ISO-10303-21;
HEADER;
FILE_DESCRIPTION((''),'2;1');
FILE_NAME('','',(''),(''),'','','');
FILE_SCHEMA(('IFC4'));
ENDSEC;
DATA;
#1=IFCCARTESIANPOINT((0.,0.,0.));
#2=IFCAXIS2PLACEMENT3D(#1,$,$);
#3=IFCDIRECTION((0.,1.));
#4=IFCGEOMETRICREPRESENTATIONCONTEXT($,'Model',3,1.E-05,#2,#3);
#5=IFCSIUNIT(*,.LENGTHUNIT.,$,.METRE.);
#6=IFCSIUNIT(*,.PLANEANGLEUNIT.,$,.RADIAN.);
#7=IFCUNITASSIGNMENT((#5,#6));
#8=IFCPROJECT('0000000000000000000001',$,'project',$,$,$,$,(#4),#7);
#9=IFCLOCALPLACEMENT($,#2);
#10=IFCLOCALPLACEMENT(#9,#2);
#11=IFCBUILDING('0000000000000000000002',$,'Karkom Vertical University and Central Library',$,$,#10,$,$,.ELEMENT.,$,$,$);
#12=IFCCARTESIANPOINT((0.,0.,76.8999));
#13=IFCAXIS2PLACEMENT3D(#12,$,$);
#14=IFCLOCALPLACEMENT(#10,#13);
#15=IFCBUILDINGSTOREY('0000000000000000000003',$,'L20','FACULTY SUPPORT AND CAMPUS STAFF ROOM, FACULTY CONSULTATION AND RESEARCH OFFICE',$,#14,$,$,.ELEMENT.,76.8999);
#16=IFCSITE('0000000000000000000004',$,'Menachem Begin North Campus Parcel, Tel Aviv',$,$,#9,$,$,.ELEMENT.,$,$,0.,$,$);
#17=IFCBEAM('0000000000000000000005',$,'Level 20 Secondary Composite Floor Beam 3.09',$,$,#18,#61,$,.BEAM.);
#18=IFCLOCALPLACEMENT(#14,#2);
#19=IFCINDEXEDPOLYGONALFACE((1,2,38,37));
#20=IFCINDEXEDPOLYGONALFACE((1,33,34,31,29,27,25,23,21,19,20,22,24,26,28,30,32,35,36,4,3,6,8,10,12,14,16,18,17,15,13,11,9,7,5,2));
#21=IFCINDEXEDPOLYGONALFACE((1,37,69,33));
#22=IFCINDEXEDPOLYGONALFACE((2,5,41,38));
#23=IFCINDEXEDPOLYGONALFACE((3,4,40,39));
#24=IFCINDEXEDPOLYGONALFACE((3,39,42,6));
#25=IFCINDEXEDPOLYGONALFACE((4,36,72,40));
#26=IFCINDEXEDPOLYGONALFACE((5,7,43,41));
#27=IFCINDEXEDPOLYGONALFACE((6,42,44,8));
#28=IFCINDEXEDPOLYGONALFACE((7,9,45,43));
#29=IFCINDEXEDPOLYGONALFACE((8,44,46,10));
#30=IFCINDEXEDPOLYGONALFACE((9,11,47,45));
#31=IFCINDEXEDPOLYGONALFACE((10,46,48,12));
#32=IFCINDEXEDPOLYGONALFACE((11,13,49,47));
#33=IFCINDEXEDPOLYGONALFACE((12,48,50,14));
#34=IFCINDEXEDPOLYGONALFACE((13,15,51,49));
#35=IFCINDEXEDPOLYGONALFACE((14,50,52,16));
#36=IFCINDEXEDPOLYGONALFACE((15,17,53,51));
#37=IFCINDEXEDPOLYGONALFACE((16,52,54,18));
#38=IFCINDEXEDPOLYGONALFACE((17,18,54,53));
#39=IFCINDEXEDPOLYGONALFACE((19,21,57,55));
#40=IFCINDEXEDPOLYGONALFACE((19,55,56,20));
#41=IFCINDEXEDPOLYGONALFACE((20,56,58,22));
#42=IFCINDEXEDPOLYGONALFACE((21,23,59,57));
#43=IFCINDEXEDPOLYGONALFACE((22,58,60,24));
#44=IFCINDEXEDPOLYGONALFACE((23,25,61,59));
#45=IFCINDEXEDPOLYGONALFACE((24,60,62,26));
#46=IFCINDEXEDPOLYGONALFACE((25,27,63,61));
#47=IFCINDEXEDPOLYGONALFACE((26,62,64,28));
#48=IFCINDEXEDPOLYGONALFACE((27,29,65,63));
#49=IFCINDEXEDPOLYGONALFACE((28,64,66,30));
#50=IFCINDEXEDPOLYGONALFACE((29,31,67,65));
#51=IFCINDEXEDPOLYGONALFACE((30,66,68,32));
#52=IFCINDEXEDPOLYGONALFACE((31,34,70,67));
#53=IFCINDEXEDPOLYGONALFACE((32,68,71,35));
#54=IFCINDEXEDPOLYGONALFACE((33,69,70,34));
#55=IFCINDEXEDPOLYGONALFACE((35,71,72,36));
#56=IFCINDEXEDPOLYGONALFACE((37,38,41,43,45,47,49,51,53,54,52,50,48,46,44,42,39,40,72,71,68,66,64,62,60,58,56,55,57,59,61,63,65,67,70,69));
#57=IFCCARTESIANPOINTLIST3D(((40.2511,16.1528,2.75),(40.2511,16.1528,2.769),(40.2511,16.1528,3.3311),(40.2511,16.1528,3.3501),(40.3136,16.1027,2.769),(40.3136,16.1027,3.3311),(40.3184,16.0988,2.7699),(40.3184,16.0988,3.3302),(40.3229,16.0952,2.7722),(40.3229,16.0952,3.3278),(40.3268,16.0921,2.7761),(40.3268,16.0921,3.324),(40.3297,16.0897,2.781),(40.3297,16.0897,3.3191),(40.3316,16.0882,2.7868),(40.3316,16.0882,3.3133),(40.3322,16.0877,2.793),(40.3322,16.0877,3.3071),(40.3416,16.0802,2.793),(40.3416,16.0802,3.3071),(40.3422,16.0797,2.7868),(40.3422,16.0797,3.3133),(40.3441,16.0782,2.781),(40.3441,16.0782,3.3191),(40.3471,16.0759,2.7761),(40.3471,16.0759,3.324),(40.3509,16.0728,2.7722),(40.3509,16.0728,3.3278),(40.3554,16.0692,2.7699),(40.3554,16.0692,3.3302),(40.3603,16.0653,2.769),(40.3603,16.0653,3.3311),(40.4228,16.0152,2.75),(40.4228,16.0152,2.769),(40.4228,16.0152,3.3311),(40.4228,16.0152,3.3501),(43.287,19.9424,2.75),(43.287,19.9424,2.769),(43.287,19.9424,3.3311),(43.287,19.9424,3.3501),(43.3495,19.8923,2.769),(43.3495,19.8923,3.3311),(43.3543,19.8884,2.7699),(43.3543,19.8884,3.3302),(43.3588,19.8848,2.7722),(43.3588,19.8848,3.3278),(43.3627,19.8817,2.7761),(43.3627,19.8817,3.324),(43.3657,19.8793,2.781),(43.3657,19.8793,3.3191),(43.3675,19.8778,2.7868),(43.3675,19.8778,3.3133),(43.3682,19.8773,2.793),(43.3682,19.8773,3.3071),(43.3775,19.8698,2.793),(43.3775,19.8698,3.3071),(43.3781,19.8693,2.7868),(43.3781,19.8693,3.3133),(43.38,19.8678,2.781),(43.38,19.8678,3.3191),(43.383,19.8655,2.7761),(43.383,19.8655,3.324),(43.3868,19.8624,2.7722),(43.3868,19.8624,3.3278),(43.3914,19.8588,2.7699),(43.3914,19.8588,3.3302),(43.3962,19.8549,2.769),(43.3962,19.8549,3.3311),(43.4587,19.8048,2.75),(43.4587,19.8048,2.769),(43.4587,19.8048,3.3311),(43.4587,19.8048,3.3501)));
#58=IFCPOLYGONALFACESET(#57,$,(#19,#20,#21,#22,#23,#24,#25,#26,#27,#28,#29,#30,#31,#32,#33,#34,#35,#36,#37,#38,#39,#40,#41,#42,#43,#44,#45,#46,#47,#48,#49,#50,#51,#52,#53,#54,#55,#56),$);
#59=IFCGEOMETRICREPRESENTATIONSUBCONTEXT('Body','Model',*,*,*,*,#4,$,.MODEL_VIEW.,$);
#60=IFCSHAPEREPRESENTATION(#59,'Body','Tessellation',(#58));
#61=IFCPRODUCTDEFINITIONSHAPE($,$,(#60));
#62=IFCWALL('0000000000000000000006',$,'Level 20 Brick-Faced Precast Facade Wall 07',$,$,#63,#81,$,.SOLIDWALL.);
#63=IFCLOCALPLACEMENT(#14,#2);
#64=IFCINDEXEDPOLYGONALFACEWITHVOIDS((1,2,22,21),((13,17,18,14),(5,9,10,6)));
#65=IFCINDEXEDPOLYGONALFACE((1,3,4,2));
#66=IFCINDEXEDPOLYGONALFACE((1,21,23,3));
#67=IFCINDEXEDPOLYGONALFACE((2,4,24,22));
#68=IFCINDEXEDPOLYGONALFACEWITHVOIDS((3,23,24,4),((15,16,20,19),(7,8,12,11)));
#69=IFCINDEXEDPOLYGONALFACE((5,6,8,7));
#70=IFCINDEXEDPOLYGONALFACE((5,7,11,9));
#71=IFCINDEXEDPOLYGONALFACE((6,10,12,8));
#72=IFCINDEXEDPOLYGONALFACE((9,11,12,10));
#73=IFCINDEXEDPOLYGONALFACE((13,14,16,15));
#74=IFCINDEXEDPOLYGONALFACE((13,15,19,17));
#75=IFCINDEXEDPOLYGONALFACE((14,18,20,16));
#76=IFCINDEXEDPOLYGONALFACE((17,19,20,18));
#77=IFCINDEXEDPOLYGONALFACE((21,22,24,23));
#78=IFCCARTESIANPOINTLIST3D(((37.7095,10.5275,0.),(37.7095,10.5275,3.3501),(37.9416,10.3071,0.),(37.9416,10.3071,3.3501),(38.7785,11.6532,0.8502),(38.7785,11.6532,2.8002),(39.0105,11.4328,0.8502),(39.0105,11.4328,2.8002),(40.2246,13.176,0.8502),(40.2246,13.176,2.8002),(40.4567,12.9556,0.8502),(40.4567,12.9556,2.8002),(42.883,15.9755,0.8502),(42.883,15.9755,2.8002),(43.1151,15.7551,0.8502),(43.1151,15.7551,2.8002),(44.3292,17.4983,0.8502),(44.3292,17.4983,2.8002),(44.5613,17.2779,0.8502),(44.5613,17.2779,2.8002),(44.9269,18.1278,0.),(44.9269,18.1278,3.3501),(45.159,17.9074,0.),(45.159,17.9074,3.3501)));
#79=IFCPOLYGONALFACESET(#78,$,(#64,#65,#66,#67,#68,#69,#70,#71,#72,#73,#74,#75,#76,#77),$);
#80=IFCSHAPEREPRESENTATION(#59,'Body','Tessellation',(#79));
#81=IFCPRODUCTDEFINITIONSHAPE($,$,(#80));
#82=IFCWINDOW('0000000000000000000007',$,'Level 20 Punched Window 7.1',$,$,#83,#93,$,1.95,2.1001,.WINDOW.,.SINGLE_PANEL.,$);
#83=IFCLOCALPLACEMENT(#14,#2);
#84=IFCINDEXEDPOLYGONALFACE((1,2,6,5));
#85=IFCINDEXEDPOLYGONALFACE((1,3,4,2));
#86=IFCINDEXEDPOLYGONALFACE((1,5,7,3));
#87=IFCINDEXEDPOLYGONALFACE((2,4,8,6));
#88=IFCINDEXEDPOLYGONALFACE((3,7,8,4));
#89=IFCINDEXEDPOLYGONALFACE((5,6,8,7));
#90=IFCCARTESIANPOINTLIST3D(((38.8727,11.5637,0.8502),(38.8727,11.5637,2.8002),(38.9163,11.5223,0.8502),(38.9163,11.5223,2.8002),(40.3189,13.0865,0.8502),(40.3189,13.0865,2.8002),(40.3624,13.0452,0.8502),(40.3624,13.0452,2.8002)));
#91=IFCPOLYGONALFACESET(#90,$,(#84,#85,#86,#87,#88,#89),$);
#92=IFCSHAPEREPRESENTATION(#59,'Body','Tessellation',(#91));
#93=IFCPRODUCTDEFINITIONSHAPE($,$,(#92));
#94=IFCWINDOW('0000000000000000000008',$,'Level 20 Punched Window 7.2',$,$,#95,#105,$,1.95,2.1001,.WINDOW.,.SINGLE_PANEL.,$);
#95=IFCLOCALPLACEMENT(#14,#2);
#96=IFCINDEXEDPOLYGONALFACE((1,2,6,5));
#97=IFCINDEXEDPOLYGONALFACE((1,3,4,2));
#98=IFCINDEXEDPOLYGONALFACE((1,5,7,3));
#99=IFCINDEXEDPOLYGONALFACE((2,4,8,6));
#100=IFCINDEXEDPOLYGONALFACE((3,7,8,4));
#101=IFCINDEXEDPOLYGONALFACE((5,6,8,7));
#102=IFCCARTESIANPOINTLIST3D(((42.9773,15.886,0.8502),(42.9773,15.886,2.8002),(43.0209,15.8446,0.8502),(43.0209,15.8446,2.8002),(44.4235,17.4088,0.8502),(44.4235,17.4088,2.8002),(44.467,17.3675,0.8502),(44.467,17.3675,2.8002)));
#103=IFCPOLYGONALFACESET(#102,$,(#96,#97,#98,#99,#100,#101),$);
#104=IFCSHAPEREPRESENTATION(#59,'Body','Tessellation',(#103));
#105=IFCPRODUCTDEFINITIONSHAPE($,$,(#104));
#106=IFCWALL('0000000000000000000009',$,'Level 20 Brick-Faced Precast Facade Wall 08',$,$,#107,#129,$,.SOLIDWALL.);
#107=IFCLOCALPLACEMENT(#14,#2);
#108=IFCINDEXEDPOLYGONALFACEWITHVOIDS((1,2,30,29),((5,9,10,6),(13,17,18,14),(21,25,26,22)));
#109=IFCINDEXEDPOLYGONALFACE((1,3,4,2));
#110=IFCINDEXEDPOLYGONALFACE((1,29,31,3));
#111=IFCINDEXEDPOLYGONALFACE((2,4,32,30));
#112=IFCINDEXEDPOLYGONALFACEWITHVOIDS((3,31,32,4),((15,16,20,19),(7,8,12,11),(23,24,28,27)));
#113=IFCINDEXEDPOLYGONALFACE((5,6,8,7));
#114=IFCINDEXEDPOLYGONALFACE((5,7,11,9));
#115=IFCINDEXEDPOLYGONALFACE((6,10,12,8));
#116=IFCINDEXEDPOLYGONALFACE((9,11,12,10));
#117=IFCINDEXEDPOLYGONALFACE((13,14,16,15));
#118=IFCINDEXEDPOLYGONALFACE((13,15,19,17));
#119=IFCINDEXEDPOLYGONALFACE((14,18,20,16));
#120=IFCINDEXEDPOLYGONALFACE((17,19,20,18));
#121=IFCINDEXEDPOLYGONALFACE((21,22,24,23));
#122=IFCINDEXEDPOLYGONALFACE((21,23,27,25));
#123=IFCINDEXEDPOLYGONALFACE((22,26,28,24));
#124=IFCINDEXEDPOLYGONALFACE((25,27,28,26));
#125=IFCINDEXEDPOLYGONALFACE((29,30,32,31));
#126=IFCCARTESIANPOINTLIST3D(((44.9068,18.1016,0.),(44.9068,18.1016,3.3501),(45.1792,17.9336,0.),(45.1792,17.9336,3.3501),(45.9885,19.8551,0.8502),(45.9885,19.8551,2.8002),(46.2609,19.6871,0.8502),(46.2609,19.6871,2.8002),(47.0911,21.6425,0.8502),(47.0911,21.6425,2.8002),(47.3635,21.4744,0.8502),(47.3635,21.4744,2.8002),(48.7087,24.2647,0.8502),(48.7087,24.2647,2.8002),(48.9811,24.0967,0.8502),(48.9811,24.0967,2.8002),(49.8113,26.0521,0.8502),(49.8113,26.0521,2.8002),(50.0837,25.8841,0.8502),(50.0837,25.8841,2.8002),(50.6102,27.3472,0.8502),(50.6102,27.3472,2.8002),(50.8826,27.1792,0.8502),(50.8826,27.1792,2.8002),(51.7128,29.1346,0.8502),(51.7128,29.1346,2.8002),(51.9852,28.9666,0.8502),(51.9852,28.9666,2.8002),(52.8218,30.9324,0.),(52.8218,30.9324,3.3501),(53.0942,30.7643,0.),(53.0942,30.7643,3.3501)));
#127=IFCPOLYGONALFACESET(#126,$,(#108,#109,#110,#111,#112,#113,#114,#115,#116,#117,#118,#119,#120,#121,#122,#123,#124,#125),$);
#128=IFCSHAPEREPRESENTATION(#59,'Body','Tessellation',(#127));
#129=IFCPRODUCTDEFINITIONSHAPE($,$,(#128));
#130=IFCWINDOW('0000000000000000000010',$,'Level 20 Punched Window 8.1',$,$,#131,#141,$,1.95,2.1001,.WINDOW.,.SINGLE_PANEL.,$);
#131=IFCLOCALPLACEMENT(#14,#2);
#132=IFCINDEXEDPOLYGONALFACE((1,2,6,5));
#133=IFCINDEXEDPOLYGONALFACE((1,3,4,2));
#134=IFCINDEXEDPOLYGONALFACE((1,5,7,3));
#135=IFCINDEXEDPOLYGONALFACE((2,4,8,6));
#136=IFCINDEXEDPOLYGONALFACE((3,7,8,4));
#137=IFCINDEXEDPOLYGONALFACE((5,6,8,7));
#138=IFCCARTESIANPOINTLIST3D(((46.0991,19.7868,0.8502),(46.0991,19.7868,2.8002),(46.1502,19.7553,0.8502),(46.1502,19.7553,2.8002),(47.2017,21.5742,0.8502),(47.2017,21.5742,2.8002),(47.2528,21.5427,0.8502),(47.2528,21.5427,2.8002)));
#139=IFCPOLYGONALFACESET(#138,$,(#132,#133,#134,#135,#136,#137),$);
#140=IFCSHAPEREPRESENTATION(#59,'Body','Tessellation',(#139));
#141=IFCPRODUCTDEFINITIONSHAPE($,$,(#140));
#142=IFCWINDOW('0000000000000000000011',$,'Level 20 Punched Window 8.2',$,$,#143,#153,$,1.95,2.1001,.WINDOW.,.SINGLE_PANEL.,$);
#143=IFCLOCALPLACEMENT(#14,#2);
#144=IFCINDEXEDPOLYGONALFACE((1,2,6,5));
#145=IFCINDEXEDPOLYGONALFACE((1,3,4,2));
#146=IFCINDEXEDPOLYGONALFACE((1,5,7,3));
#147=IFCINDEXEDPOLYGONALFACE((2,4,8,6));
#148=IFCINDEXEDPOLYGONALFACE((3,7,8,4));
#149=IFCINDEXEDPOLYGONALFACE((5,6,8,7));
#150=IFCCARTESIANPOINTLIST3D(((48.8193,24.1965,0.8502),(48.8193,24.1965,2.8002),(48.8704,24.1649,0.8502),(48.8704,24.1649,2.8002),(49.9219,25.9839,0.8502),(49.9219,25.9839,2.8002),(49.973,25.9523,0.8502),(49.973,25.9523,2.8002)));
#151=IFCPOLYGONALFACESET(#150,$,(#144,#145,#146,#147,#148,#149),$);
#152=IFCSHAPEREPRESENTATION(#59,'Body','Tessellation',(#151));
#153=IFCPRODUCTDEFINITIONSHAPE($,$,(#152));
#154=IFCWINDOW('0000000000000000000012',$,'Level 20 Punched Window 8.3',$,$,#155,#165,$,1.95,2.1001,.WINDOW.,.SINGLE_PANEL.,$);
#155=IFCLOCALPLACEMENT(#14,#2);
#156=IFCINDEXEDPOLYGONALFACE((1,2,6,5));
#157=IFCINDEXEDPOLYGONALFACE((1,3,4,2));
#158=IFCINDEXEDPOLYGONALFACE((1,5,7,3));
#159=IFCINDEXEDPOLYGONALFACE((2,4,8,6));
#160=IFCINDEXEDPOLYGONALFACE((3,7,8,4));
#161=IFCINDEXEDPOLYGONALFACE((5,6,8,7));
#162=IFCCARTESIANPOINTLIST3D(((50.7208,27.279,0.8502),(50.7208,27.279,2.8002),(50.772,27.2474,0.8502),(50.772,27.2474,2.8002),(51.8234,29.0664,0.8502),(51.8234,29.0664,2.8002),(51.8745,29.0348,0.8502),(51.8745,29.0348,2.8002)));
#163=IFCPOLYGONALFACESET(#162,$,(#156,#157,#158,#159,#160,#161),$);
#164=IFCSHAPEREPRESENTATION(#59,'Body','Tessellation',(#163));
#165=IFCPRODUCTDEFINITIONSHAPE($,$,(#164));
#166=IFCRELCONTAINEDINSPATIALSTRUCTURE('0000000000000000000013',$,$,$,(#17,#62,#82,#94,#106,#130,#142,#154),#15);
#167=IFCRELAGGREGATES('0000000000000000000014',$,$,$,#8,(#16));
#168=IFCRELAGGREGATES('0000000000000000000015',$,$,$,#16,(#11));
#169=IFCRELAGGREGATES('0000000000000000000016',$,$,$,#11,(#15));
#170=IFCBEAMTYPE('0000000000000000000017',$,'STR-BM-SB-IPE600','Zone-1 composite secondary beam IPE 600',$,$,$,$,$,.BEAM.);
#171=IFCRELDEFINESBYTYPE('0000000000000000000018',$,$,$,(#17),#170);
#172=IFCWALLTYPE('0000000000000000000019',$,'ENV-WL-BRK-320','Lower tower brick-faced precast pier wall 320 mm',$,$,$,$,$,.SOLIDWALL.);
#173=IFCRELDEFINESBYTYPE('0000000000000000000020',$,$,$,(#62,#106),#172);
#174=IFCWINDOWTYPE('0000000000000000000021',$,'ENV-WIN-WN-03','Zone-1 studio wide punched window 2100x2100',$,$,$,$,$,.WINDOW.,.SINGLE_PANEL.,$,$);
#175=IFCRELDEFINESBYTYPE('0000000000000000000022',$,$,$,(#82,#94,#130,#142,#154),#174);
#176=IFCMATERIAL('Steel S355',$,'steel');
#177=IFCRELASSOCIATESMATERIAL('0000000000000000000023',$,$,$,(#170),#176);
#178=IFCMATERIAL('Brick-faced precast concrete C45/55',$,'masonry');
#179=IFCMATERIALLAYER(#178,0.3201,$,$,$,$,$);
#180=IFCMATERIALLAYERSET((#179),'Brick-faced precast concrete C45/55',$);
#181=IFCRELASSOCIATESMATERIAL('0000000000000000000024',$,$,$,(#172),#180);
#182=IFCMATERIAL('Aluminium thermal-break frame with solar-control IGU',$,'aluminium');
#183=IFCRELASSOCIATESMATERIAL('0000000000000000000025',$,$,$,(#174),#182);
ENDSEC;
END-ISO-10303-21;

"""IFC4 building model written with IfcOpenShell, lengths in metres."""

from ifc_helpers import new_model, si_unit, direction, frame, frame_2d, origin, origin_with_axes, origin_2d, place, context, subcontext, project, spatial, rectangle, i_section, extrude, source, transform, mapped, material, layer, layer_set, material_profile, profile_set, type_object, element, fill, save


model = new_model("IFC4")

# Units and contexts
model_context = context("Model", 3, precision=1e-05, world=origin(), true_north=direction((0.0, 1.0)))
body_context = subcontext(model_context, "Body", "Model", "MODEL_VIEW")
ifc_project = project(units=[si_unit("LENGTHUNIT", "METRE"), si_unit("PLANEANGLEUNIT", "RADIAN")], contexts=[model_context])

# Site, building, storey
site_placement = place(None, origin())
site = spatial("IfcSite", under=ifc_project, at=site_placement, Name="Menachem Begin North Campus Parcel, Tel Aviv", CompositionType="ELEMENT", RefElevation=0.0)
building_placement = place(site_placement, origin())
building = spatial("IfcBuilding", under=site, at=building_placement, Name="Karkom Vertical University and Central Library", CompositionType="ELEMENT")
storey_placement = place(building_placement, frame((0.0, 0.0, 76.8999)))
storey = spatial("IfcBuildingStorey", under=building, at=storey_placement, Name="L20", Description="FACULTY SUPPORT AND CAMPUS STAFF ROOM, FACULTY CONSULTATION AND RESEARCH OFFICE", CompositionType="ELEMENT", Elevation=76.8999)

# Beam
ifc_material_1 = material(Name="Steel S355", Category="steel")
ifc_material_profile_1 = material_profile(ifc_material_1, i_section(OverallWidth=0.22, OverallDepth=0.6001, WebThickness=0.012, FlangeThickness=0.019, FilletRadius=0.0239, at=origin_2d()), Name="IPE 600")
ifc_profile_set_1 = profile_set([ifc_material_profile_1], Name="Steel S355")
beam_type_1 = type_object("IfcBeamType", Name="STR-BM-SB-IPE600", Description="Zone-1 composite secondary beam IPE 600", PredefinedType="BEAM", material=ifc_profile_set_1)
shared_shape_1 = source(origin_with_axes(), body_context, "Body", "SweptSolid", [
    extrude(i_section(OverallWidth=0.22, OverallDepth=0.6001, WebThickness=0.012, FlangeThickness=0.019, FilletRadius=0.0239, at=origin_2d()), origin(), (0.0, 0.0, 1.0), 4.8557),
])
beam_1_placement = place(storey_placement, frame((40.3369, 16.084, 3.05), z_axis=(0.625228, 0.780442, 0.0), x_axis=(-0.780442, 0.625228, 0.0)))
element("IfcBeam", 1, at=beam_1_placement, inside=storey, type_object=beam_type_1, Name="Level 20 Secondary Composite Floor Beam 3.09", PredefinedType="BEAM", context=body_context, shape_type="MappedRepresentation", body=[
    mapped(shared_shape_1, transform((0.0, 0.0, 0.0), scale=1.0)),
])

# Walls, openings, windows
ifc_material_2 = material(Name="Brick-faced precast concrete C45/55", Category="masonry")
ifc_layer_1 = layer(ifc_material_2, 0.3201)
ifc_layer_set_1 = layer_set([ifc_layer_1], Name="Brick-faced precast concrete C45/55")
wall_type_1 = type_object("IfcWallType", Name="ENV-WL-BRK-320", Description="Lower tower brick-faced precast pier wall 320 mm", PredefinedType="SOLIDWALL", material=ifc_layer_set_1)
wall_1_placement = place(storey_placement, frame((37.8254, 10.4172, 0.0), z_axis=(0.0, 0.0, 1.0), x_axis=(0.688609, 0.725133, 0.0)))
wall_1 = element("IfcWall", 2, at=wall_1_placement, inside=storey, type_object=wall_type_1, Name="Level 20 Brick-Faced Precast Facade Wall 07", PredefinedType="SOLIDWALL", context=body_context, shape_type="SweptSolid", body=[
    extrude(rectangle(XDim=10.4812, YDim=0.3201, at=frame_2d((5.2407, 0.0))), origin(), (0.0, 0.0, 1.0), 3.3501),
])
opening_1_placement = place(wall_1_placement, frame((1.5525, 0.0, 0.8501)))
opening_1 = element("IfcOpeningElement", 3, at=opening_1_placement, cuts=wall_1, PredefinedType="OPENING", context=body_context, shape_type="SweptSolid", body=[
    extrude(rectangle(XDim=2.1001, YDim=1.95, at=frame_2d((1.05, 0.9751))), frame((0.0, 0.1699, 0.0), z_axis=(0.0, -1.0, 0.0), x_axis=(1.0, 0.0, 0.0)), (0.0, 0.0, 1.0), 0.3401),
])
opening_2_placement = place(wall_1_placement, frame((7.5132, 0.0, 0.8501)))
opening_2 = element("IfcOpeningElement", 4, at=opening_2_placement, cuts=wall_1, PredefinedType="OPENING", context=body_context, shape_type="SweptSolid", body=[
    extrude(rectangle(XDim=2.1001, YDim=1.95, at=frame_2d((1.05, 0.9751))), frame((0.0, 0.1699, 0.0), z_axis=(0.0, -1.0, 0.0), x_axis=(1.0, 0.0, 0.0)), (0.0, 0.0, 1.0), 0.3401),
])
ifc_material_3 = material(Name="Aluminium thermal-break frame with solar-control IGU", Category="aluminium")
window_type = type_object("IfcWindowType", Name="ENV-WIN-WN-03", Description="Zone-1 studio wide punched window 2100x2100", PartitioningType="SINGLE_PANEL", PredefinedType="WINDOW", material=ifc_material_3)
shared_shape_2 = source(origin_with_axes(), body_context, "Body", "SweptSolid", [
    extrude(rectangle(XDim=2.1001, YDim=1.95, at=frame_2d((1.05, 0.9751))), frame((0.0, 0.03, 0.0), z_axis=(0.0, -1.0, 0.0), x_axis=(1.0, 0.0, 0.0)), (0.0, 0.0, 1.0), 0.0601),
])
window_1_placement = place(opening_1_placement, origin())
window_1 = element("IfcWindow", 5, at=window_1_placement, inside=storey, type_object=window_type, Name="Level 20 Punched Window 7.1", OverallHeight=1.95, OverallWidth=2.1001, PartitioningType="SINGLE_PANEL", PredefinedType="WINDOW", context=body_context, shape_type="MappedRepresentation", body=[
    mapped(shared_shape_2, transform((0.0, 0.0, 0.0), scale=1.0)),
])
fill(opening_1, window_1)
window_2_placement = place(opening_2_placement, origin())
window_2 = element("IfcWindow", 6, at=window_2_placement, inside=storey, type_object=window_type, Name="Level 20 Punched Window 7.2", OverallHeight=1.95, OverallWidth=2.1001, PartitioningType="SINGLE_PANEL", PredefinedType="WINDOW", context=body_context, shape_type="MappedRepresentation", body=[
    mapped(shared_shape_2, transform((0.0, 0.0, 0.0), scale=1.0)),
])
fill(opening_2, window_2)
wall_2_placement = place(storey_placement, frame((45.043, 18.0176, 0.0), z_axis=(0.0, 0.0, 1.0), x_axis=(0.525019, 0.851091, 0.0)))
wall_2 = element("IfcWall", 7, at=wall_2_placement, inside=storey, type_object=wall_type_1, Name="Level 20 Brick-Faced Precast Facade Wall 08", PredefinedType="SOLIDWALL", context=body_context, shape_type="SweptSolid", body=[
    extrude(rectangle(XDim=15.0757, YDim=0.3201, at=frame_2d((7.5378, 0.0))), origin(), (0.0, 0.0, 1.0), 3.3501),
])
opening_3_placement = place(wall_2_placement, frame((2.0603, 0.0, 0.8501)))
opening_3 = element("IfcOpeningElement", 8, at=opening_3_placement, cuts=wall_2, PredefinedType="OPENING", context=body_context, shape_type="SweptSolid", body=[
    extrude(rectangle(XDim=2.1001, YDim=1.95, at=frame_2d((1.05, 0.9751))), frame((0.0, 0.1699, 0.0), z_axis=(0.0, -1.0, 0.0), x_axis=(1.0, 0.0, 0.0)), (0.0, 0.0, 1.0), 0.3401),
])
opening_4_placement = place(wall_2_placement, frame((7.2415, 0.0, 0.8501)))
opening_4 = element("IfcOpeningElement", 9, at=opening_4_placement, cuts=wall_2, PredefinedType="OPENING", context=body_context, shape_type="SweptSolid", body=[
    extrude(rectangle(XDim=2.1001, YDim=1.95, at=frame_2d((1.05, 0.9751))), frame((0.0, 0.1699, 0.0), z_axis=(0.0, -1.0, 0.0), x_axis=(1.0, 0.0, 0.0)), (0.0, 0.0, 1.0), 0.3401),
])
opening_5_placement = place(wall_2_placement, frame((10.8633, 0.0, 0.8501)))
opening_5 = element("IfcOpeningElement", 10, at=opening_5_placement, cuts=wall_2, PredefinedType="OPENING", context=body_context, shape_type="SweptSolid", body=[
    extrude(rectangle(XDim=2.1001, YDim=1.95, at=frame_2d((1.05, 0.9751))), frame((0.0, 0.1699, 0.0), z_axis=(0.0, -1.0, 0.0), x_axis=(1.0, 0.0, 0.0)), (0.0, 0.0, 1.0), 0.3401),
])
window_3_placement = place(opening_3_placement, origin())
window_3 = element("IfcWindow", 11, at=window_3_placement, inside=storey, type_object=window_type, Name="Level 20 Punched Window 8.1", OverallHeight=1.95, OverallWidth=2.1001, PartitioningType="SINGLE_PANEL", PredefinedType="WINDOW", context=body_context, shape_type="MappedRepresentation", body=[
    mapped(shared_shape_2, transform((0.0, 0.0, 0.0), scale=1.0)),
])
fill(opening_3, window_3)
window_4_placement = place(opening_4_placement, origin())
window_4 = element("IfcWindow", 12, at=window_4_placement, inside=storey, type_object=window_type, Name="Level 20 Punched Window 8.2", OverallHeight=1.95, OverallWidth=2.1001, PartitioningType="SINGLE_PANEL", PredefinedType="WINDOW", context=body_context, shape_type="MappedRepresentation", body=[
    mapped(shared_shape_2, transform((0.0, 0.0, 0.0), scale=1.0)),
])
fill(opening_4, window_4)
window_5_placement = place(opening_5_placement, origin())
window_5 = element("IfcWindow", 13, at=window_5_placement, inside=storey, type_object=window_type, Name="Level 20 Punched Window 8.3", OverallHeight=1.95, OverallWidth=2.1001, PartitioningType="SINGLE_PANEL", PredefinedType="WINDOW", context=body_context, shape_type="MappedRepresentation", body=[
    mapped(shared_shape_2, transform((0.0, 0.0, 0.0), scale=1.0)),
])
fill(opening_5, window_5)

save(model, "model.ifc")
